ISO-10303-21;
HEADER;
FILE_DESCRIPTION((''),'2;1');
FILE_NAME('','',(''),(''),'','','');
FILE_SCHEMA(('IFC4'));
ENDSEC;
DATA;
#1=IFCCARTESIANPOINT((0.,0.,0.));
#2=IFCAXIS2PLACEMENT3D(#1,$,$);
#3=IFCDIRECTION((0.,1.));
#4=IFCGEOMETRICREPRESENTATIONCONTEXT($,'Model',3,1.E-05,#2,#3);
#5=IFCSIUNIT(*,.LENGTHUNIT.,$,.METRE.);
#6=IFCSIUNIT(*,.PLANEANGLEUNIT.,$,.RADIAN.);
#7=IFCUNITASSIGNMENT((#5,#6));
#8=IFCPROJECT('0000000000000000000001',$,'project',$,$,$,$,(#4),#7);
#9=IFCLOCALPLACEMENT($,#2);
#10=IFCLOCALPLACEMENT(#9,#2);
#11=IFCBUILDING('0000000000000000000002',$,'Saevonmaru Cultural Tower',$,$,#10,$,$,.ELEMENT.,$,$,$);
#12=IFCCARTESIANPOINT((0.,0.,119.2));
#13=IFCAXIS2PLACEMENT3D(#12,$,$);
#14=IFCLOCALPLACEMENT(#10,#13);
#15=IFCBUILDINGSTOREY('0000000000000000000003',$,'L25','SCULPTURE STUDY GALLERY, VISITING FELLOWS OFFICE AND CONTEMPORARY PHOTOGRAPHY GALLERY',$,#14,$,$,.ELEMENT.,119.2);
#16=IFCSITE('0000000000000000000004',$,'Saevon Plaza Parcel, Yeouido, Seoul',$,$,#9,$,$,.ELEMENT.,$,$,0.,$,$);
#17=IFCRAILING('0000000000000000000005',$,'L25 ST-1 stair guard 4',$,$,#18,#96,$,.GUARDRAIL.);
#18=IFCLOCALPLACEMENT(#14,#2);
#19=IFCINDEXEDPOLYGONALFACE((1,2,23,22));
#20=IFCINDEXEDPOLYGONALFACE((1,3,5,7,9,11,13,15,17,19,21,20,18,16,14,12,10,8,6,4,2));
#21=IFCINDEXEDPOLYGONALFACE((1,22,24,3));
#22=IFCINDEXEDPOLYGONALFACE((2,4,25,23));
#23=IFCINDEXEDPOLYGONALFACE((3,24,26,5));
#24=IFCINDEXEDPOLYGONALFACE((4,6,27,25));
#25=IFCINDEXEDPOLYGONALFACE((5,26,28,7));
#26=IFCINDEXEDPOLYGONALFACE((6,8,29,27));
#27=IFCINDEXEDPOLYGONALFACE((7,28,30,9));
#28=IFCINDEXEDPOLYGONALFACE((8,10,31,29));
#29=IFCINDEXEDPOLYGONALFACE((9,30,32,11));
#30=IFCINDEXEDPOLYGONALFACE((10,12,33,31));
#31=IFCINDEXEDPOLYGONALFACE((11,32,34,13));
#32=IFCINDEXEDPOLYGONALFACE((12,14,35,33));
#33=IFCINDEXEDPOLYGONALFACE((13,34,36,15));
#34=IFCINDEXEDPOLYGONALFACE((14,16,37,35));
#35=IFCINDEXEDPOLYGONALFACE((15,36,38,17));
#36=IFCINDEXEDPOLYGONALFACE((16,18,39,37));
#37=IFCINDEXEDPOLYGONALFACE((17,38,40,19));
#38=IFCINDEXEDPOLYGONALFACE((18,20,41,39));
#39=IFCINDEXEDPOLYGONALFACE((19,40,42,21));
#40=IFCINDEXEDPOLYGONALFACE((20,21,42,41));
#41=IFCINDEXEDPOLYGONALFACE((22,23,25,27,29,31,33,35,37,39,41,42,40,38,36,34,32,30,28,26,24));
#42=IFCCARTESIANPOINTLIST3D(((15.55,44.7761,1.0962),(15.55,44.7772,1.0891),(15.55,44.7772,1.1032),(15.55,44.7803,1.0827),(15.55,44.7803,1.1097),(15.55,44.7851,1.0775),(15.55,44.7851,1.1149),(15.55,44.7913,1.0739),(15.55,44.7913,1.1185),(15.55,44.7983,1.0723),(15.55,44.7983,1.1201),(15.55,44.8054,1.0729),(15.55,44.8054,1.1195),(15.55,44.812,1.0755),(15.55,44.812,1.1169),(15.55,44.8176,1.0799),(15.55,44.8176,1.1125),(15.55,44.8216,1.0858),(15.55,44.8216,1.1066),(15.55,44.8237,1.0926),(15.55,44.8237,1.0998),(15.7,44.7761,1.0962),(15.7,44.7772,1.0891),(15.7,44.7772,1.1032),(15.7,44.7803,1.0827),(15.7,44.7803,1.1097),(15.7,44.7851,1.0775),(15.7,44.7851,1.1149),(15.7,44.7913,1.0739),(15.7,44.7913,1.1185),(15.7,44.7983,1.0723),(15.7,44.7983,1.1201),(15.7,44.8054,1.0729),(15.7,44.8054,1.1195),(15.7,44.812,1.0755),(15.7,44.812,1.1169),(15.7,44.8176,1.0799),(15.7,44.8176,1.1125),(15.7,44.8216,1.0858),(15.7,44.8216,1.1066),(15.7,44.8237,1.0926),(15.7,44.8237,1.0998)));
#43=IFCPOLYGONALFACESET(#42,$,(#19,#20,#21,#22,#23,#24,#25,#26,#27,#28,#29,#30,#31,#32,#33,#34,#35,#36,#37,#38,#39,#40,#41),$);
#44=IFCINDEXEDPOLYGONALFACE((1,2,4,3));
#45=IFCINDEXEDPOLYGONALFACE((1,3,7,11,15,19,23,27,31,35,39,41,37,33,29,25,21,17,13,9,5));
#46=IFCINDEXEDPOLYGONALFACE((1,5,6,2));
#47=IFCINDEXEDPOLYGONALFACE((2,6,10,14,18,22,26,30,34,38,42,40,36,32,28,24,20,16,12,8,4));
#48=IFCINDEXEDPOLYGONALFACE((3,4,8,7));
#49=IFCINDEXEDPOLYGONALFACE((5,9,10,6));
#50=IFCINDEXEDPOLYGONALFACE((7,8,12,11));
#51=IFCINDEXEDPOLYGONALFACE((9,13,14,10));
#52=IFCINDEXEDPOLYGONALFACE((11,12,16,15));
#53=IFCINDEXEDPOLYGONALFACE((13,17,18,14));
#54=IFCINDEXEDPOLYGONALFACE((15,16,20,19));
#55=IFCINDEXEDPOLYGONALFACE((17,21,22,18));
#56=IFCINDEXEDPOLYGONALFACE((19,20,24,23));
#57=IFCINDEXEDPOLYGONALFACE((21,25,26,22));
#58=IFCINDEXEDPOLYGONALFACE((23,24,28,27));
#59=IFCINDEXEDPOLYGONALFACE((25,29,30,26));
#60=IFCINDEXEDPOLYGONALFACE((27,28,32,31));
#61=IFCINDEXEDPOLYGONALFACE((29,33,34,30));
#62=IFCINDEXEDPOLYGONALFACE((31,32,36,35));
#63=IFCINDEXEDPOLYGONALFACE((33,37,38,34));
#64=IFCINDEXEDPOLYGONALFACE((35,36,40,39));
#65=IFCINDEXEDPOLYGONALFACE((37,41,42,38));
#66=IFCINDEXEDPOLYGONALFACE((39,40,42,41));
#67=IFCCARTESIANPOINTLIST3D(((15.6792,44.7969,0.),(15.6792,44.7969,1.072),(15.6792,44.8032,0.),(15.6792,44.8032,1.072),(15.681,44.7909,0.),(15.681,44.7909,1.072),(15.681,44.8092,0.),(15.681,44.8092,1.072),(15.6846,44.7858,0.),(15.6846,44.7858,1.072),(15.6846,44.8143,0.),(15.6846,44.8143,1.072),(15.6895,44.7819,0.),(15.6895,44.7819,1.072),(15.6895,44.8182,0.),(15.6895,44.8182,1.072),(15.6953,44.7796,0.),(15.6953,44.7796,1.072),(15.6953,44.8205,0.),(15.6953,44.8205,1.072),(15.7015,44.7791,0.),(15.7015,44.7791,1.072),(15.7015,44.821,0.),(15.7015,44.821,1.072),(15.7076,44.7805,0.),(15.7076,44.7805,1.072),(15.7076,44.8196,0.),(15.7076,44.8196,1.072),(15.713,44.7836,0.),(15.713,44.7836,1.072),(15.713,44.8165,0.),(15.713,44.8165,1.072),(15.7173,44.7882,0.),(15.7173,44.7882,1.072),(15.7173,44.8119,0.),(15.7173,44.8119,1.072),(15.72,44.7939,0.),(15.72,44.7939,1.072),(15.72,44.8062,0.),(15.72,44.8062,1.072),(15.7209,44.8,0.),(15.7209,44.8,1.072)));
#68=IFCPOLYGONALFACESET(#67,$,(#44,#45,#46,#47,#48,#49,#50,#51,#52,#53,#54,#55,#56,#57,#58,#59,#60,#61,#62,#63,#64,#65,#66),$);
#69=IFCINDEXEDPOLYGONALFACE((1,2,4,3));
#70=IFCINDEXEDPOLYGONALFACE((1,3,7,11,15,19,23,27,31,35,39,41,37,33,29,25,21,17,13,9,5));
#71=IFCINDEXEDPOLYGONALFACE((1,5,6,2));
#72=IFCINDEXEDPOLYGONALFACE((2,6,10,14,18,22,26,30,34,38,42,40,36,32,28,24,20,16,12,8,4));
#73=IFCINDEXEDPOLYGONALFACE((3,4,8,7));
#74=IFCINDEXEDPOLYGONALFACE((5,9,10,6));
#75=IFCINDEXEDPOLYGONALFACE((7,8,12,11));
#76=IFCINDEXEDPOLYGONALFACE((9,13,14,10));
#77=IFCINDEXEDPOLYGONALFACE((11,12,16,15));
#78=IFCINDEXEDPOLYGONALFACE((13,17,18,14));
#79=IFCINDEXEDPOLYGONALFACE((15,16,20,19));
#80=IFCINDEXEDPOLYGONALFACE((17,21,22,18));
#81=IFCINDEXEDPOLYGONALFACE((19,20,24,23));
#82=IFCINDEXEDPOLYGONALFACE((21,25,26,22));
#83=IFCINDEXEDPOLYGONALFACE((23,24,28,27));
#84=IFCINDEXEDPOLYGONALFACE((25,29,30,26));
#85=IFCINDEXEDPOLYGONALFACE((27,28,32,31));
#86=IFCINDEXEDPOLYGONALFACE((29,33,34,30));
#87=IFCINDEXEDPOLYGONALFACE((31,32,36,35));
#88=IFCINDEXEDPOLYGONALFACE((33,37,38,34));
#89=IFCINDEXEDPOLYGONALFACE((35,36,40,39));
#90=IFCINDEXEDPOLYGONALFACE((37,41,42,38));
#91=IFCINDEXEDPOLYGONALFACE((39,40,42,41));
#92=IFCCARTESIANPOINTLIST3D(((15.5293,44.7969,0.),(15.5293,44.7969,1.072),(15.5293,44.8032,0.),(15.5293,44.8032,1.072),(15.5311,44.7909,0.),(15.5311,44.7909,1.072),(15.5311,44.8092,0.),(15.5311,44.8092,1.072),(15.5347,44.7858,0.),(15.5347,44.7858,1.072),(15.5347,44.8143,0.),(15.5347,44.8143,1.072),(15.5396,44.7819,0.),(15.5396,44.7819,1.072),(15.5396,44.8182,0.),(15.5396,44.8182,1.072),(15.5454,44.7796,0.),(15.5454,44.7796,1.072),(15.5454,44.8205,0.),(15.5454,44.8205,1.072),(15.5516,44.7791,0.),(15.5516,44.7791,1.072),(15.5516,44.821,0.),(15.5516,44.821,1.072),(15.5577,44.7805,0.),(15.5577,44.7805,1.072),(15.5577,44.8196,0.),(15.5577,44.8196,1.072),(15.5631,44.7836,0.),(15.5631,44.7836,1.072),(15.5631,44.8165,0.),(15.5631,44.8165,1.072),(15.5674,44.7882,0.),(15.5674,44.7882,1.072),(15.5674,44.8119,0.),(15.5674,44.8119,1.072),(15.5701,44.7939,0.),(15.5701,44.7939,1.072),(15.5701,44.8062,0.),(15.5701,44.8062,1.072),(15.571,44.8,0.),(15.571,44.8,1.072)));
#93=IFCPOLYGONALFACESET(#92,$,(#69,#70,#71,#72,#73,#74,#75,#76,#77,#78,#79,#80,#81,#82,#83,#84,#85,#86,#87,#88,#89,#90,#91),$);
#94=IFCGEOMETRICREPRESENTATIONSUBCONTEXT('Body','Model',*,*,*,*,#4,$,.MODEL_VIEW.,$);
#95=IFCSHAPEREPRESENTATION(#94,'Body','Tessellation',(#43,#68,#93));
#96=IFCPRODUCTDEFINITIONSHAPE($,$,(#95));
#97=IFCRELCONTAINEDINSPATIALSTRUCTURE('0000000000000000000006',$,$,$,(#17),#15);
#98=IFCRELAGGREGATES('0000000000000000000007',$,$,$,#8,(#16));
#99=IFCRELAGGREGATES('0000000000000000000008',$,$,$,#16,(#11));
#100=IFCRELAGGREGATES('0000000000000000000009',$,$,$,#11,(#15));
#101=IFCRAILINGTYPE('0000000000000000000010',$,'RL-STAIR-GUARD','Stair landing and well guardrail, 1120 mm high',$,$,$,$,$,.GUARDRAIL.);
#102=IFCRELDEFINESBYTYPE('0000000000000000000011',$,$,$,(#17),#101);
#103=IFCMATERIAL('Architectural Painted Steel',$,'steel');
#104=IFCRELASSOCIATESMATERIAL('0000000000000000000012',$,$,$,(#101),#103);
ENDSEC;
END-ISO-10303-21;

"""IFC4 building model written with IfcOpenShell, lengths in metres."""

from ifc_helpers import new_model, si_unit, direction, frame, origin, origin_2d, place, context, subcontext, project, spatial, circle, extrude, material, type_object, element, save


model = new_model("IFC4")

# Units and contexts
model_context = context("Model", 3, precision=1e-05, world=origin(), true_north=direction((0.0, 1.0)))
body_context = subcontext(model_context, "Body", "Model", "MODEL_VIEW")
ifc_project = project(units=[si_unit("LENGTHUNIT", "METRE"), si_unit("PLANEANGLEUNIT", "RADIAN")], contexts=[model_context])

# Site, building, storey
site_placement = place(None, origin())
site = spatial("IfcSite", under=ifc_project, at=site_placement, Name="Saevon Plaza Parcel, Yeouido, Seoul", CompositionType="ELEMENT", RefElevation=0.0)
building_placement = place(site_placement, origin())
building = spatial("IfcBuilding", under=site, at=building_placement, Name="Saevonmaru Cultural Tower", CompositionType="ELEMENT")
storey_placement = place(building_placement, frame((0.0, 0.0, 119.2)))
storey = spatial("IfcBuildingStorey", under=building, at=storey_placement, Name="L25", Description="SCULPTURE STUDY GALLERY, VISITING FELLOWS OFFICE AND CONTEMPORARY PHOTOGRAPHY GALLERY", CompositionType="ELEMENT", Elevation=119.2)

# Railing
ifc_material_1 = material(Name="Architectural Painted Steel", Category="steel")
railing_type_1 = type_object("IfcRailingType", Name="RL-STAIR-GUARD", Description="Stair landing and well guardrail, 1120 mm high", PredefinedType="GUARDRAIL", material=ifc_material_1)
railing_1_placement = place(storey_placement, frame((15.7, 44.8, 0.0)))
element("IfcRailing", 1, at=railing_1_placement, inside=storey, type_object=railing_type_1, Name="L25 ST-1 stair guard 4", PredefinedType="GUARDRAIL", context=body_context, shape_type="SweptSolid", body=[
    extrude(circle(Radius=0.0239, at=origin_2d()), frame((0.0, 0.0, 1.0962), z_axis=(-1.0, 0.0, 0.0), x_axis=(0.0, -1.0, 0.0)), (0.0, 0.0, 1.0), 0.1499),
    extrude(circle(Radius=0.021, at=origin_2d()), origin(), (0.0, 0.0, 1.0), 1.072),
    extrude(circle(Radius=0.021, at=origin_2d()), frame((-0.1499, 0.0, 0.0)), (0.0, 0.0, 1.0), 1.072),
])

save(model, "model.ifc")
